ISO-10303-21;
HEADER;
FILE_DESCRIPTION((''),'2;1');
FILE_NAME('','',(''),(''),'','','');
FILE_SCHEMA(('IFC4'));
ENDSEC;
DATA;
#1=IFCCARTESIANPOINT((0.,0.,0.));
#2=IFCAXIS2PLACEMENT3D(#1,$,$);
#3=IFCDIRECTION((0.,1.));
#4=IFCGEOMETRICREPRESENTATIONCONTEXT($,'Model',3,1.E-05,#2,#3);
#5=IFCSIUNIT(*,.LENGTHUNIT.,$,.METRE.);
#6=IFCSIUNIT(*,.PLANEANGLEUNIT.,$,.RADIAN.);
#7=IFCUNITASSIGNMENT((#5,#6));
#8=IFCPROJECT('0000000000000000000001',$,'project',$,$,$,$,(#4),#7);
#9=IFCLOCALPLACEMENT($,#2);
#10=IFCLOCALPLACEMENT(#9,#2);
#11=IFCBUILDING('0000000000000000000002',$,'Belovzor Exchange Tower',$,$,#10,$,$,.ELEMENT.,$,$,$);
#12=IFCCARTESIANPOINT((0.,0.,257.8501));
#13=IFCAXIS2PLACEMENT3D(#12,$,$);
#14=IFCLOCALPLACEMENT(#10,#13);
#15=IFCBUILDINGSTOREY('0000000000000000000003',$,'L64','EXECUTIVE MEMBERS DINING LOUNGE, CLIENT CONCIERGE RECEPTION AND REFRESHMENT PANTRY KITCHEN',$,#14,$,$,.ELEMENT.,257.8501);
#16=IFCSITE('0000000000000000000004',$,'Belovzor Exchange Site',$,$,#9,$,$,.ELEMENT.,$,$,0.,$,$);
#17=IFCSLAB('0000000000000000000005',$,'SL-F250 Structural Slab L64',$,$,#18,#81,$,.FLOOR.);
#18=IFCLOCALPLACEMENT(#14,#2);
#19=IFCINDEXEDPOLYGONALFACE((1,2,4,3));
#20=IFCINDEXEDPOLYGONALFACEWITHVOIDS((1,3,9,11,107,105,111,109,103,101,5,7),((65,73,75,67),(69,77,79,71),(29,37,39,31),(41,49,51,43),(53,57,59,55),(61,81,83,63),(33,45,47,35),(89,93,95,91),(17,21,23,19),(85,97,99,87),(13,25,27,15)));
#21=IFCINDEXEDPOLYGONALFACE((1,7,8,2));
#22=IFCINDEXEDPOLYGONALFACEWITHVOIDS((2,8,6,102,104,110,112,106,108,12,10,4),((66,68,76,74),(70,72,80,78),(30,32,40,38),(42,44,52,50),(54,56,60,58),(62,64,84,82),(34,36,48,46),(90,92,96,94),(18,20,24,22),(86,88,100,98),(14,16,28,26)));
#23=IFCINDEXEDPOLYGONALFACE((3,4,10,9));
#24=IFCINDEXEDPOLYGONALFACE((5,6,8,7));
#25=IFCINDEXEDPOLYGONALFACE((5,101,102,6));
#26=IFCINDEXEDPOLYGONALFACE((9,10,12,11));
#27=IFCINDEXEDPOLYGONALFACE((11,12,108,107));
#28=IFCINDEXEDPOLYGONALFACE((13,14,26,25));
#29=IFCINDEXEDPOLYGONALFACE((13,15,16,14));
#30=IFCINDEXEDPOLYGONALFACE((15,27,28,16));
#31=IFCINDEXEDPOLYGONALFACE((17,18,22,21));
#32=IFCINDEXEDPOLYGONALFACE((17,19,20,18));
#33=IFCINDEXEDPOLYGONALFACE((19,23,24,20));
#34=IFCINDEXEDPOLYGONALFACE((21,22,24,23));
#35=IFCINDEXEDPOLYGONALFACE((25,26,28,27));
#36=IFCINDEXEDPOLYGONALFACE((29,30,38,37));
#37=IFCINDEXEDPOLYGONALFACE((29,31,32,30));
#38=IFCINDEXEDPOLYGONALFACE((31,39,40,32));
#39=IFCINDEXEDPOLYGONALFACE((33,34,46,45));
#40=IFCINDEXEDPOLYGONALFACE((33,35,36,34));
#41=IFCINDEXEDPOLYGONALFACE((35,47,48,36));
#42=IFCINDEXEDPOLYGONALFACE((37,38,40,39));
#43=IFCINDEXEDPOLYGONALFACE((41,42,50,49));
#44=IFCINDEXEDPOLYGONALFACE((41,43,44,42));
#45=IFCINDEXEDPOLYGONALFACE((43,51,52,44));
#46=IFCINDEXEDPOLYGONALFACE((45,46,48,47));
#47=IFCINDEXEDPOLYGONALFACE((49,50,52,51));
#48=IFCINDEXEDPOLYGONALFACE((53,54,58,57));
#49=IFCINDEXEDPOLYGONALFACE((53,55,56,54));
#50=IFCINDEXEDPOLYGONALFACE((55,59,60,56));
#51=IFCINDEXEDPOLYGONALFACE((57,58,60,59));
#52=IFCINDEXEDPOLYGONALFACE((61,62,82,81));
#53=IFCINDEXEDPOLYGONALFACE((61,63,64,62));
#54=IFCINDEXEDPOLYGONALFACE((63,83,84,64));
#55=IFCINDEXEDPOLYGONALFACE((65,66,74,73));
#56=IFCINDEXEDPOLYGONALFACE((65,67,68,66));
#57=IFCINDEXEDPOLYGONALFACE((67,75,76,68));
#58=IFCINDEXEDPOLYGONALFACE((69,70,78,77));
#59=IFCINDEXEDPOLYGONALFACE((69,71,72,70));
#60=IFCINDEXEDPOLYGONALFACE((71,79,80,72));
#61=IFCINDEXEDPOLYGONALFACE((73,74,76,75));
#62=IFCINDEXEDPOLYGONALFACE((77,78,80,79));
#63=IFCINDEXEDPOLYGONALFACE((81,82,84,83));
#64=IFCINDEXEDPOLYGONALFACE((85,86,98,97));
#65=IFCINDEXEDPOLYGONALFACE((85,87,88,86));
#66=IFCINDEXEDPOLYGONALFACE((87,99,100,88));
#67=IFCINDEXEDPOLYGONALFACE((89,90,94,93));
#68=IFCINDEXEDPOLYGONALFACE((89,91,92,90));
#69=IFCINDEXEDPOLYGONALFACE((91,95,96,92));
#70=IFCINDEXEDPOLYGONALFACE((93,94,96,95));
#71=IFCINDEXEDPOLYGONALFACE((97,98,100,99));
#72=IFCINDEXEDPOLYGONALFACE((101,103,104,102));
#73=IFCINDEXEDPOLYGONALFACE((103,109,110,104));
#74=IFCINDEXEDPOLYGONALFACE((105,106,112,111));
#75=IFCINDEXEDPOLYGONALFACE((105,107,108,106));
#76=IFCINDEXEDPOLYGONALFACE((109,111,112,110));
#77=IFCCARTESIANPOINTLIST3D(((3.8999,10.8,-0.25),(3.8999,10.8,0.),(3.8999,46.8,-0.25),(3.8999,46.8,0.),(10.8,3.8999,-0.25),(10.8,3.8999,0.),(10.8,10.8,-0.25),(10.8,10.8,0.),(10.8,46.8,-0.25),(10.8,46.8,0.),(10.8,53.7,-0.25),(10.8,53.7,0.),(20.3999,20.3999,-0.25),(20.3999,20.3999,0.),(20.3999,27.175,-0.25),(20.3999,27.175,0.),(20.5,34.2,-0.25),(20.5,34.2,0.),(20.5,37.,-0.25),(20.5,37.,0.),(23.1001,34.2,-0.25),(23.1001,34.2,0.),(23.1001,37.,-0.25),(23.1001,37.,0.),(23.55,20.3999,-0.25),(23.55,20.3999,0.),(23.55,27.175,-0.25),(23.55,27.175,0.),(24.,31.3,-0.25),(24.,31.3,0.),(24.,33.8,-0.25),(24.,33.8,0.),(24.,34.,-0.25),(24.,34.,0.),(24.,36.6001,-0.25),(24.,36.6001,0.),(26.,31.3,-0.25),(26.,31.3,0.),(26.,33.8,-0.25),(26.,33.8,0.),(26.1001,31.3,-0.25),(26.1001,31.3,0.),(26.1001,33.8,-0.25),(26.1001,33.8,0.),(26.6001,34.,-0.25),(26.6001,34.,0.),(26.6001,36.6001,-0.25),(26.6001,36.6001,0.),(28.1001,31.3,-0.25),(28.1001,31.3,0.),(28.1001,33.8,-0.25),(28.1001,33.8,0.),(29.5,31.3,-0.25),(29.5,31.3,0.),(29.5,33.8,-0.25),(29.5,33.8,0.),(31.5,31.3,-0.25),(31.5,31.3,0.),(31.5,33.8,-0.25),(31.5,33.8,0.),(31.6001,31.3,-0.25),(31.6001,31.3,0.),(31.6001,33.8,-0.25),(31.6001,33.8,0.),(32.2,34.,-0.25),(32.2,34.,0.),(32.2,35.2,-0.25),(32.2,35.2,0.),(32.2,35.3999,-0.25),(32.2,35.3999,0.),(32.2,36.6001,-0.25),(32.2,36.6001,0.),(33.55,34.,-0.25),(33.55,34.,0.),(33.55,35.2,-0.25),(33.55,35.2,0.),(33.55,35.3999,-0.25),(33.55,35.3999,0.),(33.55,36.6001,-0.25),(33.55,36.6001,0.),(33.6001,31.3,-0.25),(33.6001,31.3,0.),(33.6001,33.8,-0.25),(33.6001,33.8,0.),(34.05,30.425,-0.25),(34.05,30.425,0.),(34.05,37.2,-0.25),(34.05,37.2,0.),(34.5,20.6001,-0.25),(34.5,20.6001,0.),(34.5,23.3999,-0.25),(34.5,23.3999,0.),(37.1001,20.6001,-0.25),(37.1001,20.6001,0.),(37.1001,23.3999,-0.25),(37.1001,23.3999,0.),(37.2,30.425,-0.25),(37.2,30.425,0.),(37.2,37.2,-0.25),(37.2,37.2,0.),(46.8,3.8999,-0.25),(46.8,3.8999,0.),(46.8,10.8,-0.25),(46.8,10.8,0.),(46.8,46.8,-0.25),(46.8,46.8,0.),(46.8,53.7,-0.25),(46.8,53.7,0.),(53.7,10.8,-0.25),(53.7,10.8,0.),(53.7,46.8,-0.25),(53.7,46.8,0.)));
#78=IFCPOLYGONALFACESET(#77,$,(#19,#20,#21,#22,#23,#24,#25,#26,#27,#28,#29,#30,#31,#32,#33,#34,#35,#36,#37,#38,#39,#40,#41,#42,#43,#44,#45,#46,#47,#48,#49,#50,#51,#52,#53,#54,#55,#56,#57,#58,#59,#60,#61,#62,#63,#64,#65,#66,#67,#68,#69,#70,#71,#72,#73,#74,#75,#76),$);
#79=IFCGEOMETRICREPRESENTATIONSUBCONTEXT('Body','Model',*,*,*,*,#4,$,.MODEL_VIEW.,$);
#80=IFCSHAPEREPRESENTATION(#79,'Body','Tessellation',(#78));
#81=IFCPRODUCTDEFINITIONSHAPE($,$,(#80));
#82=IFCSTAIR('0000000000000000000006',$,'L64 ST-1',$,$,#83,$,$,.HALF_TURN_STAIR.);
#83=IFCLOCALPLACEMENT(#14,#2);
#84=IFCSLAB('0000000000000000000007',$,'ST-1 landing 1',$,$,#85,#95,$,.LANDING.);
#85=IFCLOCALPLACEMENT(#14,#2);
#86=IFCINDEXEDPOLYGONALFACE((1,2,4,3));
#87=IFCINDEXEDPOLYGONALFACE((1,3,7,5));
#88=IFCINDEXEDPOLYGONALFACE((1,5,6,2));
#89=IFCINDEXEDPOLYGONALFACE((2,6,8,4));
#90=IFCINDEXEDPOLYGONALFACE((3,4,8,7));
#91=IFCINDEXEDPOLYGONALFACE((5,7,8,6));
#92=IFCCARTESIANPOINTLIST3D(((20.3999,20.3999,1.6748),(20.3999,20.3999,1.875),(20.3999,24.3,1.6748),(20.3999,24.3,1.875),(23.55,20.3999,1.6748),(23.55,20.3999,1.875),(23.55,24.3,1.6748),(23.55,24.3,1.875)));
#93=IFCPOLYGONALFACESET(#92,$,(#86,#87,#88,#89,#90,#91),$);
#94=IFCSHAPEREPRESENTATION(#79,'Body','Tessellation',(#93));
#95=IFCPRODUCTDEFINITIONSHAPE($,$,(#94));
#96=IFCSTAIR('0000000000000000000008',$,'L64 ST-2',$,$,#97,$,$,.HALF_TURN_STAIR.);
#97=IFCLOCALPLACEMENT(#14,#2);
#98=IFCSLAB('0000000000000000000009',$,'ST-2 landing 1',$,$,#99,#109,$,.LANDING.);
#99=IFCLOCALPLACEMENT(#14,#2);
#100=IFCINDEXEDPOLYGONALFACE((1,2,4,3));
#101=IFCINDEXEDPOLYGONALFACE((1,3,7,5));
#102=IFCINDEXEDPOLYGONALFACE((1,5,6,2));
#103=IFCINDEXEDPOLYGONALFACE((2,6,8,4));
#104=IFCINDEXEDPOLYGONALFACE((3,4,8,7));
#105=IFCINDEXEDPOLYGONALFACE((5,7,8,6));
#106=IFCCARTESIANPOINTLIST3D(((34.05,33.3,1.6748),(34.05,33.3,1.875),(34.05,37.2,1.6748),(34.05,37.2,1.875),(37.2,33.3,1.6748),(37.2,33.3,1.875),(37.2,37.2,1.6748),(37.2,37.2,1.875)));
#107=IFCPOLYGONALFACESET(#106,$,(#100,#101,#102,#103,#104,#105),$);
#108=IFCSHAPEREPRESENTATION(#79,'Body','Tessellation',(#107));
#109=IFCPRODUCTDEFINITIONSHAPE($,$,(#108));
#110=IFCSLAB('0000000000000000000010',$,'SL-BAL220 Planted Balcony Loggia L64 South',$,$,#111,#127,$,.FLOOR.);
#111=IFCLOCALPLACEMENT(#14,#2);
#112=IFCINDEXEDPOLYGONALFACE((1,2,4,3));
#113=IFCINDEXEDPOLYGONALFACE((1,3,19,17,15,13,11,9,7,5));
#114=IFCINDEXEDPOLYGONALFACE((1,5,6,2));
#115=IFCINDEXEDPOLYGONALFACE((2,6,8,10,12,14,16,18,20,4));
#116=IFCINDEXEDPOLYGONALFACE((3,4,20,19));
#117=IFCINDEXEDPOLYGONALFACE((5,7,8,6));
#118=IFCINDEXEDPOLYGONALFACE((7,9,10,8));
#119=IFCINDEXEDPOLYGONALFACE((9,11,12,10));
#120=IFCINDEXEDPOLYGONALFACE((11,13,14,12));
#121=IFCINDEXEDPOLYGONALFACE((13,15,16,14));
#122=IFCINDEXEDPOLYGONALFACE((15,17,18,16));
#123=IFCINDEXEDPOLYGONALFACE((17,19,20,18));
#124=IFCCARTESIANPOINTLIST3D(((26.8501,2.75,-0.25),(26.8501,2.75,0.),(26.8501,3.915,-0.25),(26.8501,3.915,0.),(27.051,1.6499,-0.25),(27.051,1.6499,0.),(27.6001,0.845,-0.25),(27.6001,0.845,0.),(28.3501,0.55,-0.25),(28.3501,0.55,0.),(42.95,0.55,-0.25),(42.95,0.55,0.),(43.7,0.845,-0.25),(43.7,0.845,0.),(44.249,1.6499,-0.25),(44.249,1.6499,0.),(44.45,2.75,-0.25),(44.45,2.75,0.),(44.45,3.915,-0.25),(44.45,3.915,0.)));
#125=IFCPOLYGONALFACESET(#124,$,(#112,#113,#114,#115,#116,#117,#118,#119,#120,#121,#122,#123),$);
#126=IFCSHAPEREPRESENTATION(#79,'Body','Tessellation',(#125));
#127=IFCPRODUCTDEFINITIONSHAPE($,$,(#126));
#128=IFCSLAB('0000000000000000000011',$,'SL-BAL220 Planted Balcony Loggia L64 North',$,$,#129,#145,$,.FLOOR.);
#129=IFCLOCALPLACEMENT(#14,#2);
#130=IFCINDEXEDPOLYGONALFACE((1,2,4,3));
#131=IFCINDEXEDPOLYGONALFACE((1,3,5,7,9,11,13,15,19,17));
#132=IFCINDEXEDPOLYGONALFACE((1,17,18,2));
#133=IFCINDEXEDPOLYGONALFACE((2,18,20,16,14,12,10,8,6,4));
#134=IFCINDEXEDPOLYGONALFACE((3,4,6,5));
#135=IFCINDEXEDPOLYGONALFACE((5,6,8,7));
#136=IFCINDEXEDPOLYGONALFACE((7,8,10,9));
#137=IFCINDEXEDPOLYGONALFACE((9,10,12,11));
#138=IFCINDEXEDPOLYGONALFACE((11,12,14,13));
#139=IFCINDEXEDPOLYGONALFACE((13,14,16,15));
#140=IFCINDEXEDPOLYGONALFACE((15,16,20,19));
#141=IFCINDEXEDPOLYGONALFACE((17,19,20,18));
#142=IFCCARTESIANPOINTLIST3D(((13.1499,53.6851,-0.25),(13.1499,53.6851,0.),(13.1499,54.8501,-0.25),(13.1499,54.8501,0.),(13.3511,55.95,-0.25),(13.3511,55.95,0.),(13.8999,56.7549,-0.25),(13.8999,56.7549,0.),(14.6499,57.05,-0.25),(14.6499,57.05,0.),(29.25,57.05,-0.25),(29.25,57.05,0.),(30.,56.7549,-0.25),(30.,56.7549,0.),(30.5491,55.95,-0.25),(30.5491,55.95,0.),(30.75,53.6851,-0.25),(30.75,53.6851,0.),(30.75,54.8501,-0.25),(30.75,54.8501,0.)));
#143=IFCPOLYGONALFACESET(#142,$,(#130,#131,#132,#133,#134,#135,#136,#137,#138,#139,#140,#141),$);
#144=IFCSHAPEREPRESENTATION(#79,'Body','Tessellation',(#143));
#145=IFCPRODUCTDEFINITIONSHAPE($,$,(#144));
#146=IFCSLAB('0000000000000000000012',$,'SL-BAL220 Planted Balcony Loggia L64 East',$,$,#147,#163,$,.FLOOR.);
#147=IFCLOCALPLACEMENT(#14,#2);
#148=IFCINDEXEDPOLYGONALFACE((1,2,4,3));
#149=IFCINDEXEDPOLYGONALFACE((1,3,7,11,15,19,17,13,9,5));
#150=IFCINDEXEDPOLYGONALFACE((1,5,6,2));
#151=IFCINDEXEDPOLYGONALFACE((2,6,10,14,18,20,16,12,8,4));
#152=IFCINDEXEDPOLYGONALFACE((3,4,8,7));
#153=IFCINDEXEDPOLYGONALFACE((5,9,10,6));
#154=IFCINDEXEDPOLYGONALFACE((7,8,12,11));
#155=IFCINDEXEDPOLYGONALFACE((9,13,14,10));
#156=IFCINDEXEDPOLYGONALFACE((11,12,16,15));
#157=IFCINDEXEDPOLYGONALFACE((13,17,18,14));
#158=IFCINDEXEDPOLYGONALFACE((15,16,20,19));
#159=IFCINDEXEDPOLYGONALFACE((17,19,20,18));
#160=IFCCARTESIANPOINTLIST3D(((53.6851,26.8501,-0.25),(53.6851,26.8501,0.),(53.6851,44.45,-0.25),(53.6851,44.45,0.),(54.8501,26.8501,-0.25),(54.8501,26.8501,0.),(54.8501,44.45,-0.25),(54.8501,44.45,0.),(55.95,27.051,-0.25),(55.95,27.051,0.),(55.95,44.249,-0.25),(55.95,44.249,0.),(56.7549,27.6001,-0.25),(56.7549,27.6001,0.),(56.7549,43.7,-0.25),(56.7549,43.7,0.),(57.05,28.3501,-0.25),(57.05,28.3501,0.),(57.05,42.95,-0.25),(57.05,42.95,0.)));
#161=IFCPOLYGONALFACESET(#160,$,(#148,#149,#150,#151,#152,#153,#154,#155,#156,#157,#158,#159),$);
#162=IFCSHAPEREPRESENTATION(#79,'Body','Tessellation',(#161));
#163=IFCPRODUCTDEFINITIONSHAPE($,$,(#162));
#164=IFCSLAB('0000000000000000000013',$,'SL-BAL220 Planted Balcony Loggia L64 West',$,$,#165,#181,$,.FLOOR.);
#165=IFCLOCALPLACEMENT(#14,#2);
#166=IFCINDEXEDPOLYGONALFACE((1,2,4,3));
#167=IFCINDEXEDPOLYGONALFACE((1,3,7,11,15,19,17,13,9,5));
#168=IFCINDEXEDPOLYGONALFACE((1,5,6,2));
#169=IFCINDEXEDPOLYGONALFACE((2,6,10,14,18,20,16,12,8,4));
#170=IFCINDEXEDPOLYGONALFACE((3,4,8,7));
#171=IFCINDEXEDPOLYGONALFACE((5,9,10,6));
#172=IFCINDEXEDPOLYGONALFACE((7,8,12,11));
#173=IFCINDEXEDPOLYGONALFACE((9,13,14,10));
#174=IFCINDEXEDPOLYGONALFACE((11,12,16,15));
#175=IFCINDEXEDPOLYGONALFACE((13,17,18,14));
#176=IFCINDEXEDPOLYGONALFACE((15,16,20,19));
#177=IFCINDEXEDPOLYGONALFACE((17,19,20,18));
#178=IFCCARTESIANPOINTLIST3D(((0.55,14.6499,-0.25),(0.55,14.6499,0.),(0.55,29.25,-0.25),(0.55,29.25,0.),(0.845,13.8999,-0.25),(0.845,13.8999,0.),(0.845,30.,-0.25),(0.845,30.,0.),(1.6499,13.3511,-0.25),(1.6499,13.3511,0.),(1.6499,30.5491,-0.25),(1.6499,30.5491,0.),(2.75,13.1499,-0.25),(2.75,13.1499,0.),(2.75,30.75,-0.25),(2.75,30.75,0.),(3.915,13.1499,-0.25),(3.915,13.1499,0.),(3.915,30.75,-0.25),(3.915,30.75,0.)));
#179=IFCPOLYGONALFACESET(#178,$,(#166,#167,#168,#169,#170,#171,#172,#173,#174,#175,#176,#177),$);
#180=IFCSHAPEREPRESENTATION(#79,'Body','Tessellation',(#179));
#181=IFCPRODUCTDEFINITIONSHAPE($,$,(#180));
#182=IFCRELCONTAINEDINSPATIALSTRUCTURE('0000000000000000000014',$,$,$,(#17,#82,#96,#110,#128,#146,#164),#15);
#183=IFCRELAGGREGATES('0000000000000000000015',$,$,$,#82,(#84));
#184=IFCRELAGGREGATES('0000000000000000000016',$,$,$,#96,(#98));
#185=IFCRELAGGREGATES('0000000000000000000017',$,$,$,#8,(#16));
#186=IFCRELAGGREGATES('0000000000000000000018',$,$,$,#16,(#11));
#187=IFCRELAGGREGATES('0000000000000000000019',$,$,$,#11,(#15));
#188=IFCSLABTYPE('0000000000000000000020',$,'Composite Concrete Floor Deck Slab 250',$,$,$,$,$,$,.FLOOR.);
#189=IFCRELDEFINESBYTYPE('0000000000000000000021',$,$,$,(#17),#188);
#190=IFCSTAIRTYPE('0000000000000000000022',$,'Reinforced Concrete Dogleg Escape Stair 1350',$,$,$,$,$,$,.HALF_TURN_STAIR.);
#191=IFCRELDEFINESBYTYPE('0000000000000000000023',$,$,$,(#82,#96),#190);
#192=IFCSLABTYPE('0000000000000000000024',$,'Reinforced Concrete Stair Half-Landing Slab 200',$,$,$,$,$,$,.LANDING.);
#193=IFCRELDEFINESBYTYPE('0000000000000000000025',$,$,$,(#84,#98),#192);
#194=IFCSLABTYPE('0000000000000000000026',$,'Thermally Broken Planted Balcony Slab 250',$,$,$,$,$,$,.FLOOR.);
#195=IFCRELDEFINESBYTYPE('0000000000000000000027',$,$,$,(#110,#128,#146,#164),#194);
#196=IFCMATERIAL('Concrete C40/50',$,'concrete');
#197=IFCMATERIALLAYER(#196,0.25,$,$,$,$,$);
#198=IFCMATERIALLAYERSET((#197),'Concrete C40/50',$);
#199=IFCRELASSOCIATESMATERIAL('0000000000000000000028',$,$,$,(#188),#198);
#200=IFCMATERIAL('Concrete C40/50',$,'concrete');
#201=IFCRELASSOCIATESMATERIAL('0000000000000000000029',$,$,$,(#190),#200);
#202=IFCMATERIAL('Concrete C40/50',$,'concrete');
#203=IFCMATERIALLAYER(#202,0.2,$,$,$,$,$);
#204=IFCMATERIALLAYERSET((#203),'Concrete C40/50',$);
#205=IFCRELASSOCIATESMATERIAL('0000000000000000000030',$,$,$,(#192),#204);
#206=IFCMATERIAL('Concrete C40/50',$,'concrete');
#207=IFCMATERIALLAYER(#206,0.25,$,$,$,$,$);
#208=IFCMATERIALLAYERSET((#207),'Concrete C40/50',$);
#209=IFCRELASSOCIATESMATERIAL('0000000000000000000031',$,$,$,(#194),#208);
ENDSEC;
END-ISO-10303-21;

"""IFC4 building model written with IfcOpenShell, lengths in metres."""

from ifc_helpers import new_model, si_unit, direction, frame, origin, place, context, subcontext, project, spatial, polyline, outline, extrude, material, layer, layer_set, type_object, element, aggregate, save


model = new_model("IFC4")

# Units and contexts
model_context = context("Model", 3, precision=1e-05, world=origin(), true_north=direction((0.0, 1.0)))
body_context = subcontext(model_context, "Body", "Model", "MODEL_VIEW")
ifc_project = project(units=[si_unit("LENGTHUNIT", "METRE"), si_unit("PLANEANGLEUNIT", "RADIAN")], contexts=[model_context])

# Site, building, storey
site_placement = place(None, origin())
site = spatial("IfcSite", under=ifc_project, at=site_placement, Name="Belovzor Exchange Site", CompositionType="ELEMENT", RefElevation=0.0)
building_placement = place(site_placement, origin())
building = spatial("IfcBuilding", under=site, at=building_placement, Name="Belovzor Exchange Tower", CompositionType="ELEMENT")
storey_placement = place(building_placement, frame((0.0, 0.0, 257.8501)))
storey = spatial("IfcBuildingStorey", under=building, at=storey_placement, Name="L64", Description="EXECUTIVE MEMBERS DINING LOUNGE, CLIENT CONCIERGE RECEPTION AND REFRESHMENT PANTRY KITCHEN", CompositionType="ELEMENT", Elevation=257.8501)

# Slab
ifc_material_1 = material(Name="Concrete C40/50", Category="concrete")
ifc_layer_1 = layer(ifc_material_1, 0.25)
ifc_layer_set_1 = layer_set([ifc_layer_1], Name="Concrete C40/50")
slab_type_1 = type_object("IfcSlabType", Name="Composite Concrete Floor Deck Slab 250", PredefinedType="FLOOR", material=ifc_layer_set_1)
slab_1_placement = place(storey_placement, frame((0.0, 0.0, -0.25)))
element("IfcSlab", 1, at=slab_1_placement, inside=storey, type_object=slab_type_1, Name="SL-F250 Structural Slab L64", PredefinedType="FLOOR", context=body_context, shape_type="SweptSolid", body=[
    extrude(outline(polyline([(10.8, 3.8999), (46.8, 3.8999), (46.8, 10.8), (53.7, 10.8), (53.7, 46.8), (46.8, 46.8), (46.8, 53.7), (10.8, 53.7), (10.8, 46.8), (3.8999, 46.8), (3.8999, 10.8), (10.8, 10.8), (10.8, 3.8999)]), holes=[polyline([(20.3999, 27.175), (20.3999, 20.3999), (23.55, 20.3999), (23.55, 27.175), (20.3999, 27.175)]), polyline([(37.2, 30.425), (37.2, 37.2), (34.05, 37.2), (34.05, 30.425), (37.2, 30.425)]), polyline([(20.5, 34.2), (23.1001, 34.2), (23.1001, 37.0), (20.5, 37.0), (20.5, 34.2)]), polyline([(34.5, 20.6001), (37.1001, 20.6001), (37.1001, 23.3999), (34.5, 23.3999), (34.5, 20.6001)]), polyline([(24.0, 34.0), (26.6001, 34.0), (26.6001, 36.6001), (24.0, 36.6001), (24.0, 34.0)]), polyline([(24.0, 31.3), (26.0, 31.3), (26.0, 33.8), (24.0, 33.8), (24.0, 31.3)]), polyline([(26.1001, 31.3), (28.1001, 31.3), (28.1001, 33.8), (26.1001, 33.8), (26.1001, 31.3)]), polyline([(29.5, 31.3), (31.5, 31.3), (31.5, 33.8), (29.5, 33.8), (29.5, 31.3)]), polyline([(31.6001, 31.3), (33.6001, 31.3), (33.6001, 33.8), (31.6001, 33.8), (31.6001, 31.3)]), polyline([(32.2, 34.0), (33.55, 34.0), (33.55, 35.2), (32.2, 35.2), (32.2, 34.0)]), polyline([(32.2, 35.3999), (33.55, 35.3999), (33.55, 36.6001), (32.2, 36.6001), (32.2, 35.3999)])]), origin(), (0.0, 0.0, 1.0), 0.25),
])

# Stairs, slabs
ifc_material_2 = material(Name="Concrete C40/50", Category="concrete")
stair_type = type_object("IfcStairType", Name="Reinforced Concrete Dogleg Escape Stair 1350", PredefinedType="HALF_TURN_STAIR", material=ifc_material_2)
stair_1_placement = place(storey_placement, origin())
stair_1 = element("IfcStair", 2, at=stair_1_placement, inside=storey, type_object=stair_type, Name="L64 ST-1", PredefinedType="HALF_TURN_STAIR")
ifc_material_3 = material(Name="Concrete C40/50", Category="concrete")
ifc_layer_2 = layer(ifc_material_3, 0.2)
ifc_layer_set_2 = layer_set([ifc_layer_2], Name="Concrete C40/50")
slab_type_2 = type_object("IfcSlabType", Name="Reinforced Concrete Stair Half-Landing Slab 200", PredefinedType="LANDING", material=ifc_layer_set_2)
slab_2_placement = place(storey_placement, frame((0.0, 0.0, 1.6748)))
slab_2 = element("IfcSlab", 3, at=slab_2_placement, type_object=slab_type_2, Name="ST-1 landing 1", PredefinedType="LANDING", context=body_context, shape_type="SweptSolid", body=[
    extrude(outline(polyline([(20.3999, 24.3), (20.3999, 20.3999), (23.55, 20.3999), (23.55, 24.3), (20.3999, 24.3)])), origin(), (0.0, 0.0, 1.0), 0.2002),
])
aggregate(stair_1, [slab_2])
stair_2_placement = place(storey_placement, origin())
stair_2 = element("IfcStair", 4, at=stair_2_placement, inside=storey, type_object=stair_type, Name="L64 ST-2", PredefinedType="HALF_TURN_STAIR")
slab_3_placement = place(storey_placement, frame((0.0, 0.0, 1.6748)))
slab_3 = element("IfcSlab", 5, at=slab_3_placement, type_object=slab_type_2, Name="ST-2 landing 1", PredefinedType="LANDING", context=body_context, shape_type="SweptSolid", body=[
    extrude(outline(polyline([(37.2, 33.3), (37.2, 37.2), (34.05, 37.2), (34.05, 33.3), (37.2, 33.3)])), origin(), (0.0, 0.0, 1.0), 0.2002),
])
aggregate(stair_2, [slab_3])

# Slabs
ifc_material_4 = material(Name="Concrete C40/50", Category="concrete")
ifc_layer_3 = layer(ifc_material_4, 0.25)
ifc_layer_set_3 = layer_set([ifc_layer_3], Name="Concrete C40/50")
slab_type_3 = type_object("IfcSlabType", Name="Thermally Broken Planted Balcony Slab 250", PredefinedType="FLOOR", material=ifc_layer_set_3)
slab_4_placement = place(storey_placement, frame((0.0, 0.0, -0.25)))
element("IfcSlab", 6, at=slab_4_placement, inside=storey, type_object=slab_type_3, Name="SL-BAL220 Planted Balcony Loggia L64 South", PredefinedType="FLOOR", context=body_context, shape_type="SweptSolid", body=[
    extrude(outline(polyline([(26.8501, 3.915), (26.8501, 2.75), (27.051, 1.6499), (27.6001, 0.845), (28.3501, 0.55), (42.95, 0.55), (43.7, 0.845), (44.249, 1.6499), (44.45, 2.75), (44.45, 3.915), (26.8501, 3.915)])), origin(), (0.0, 0.0, 1.0), 0.25),
])
slab_5_placement = place(storey_placement, frame((0.0, 0.0, -0.25)))
element("IfcSlab", 7, at=slab_5_placement, inside=storey, type_object=slab_type_3, Name="SL-BAL220 Planted Balcony Loggia L64 North", PredefinedType="FLOOR", context=body_context, shape_type="SweptSolid", body=[
    extrude(outline(polyline([(30.75, 53.6851), (30.75, 54.8501), (30.5491, 55.95), (30.0, 56.7549), (29.25, 57.05), (14.6499, 57.05), (13.8999, 56.7549), (13.3511, 55.95), (13.1499, 54.8501), (13.1499, 53.6851), (30.75, 53.6851)])), origin(), (0.0, 0.0, 1.0), 0.25),
])
slab_6_placement = place(storey_placement, frame((0.0, 0.0, -0.25)))
element("IfcSlab", 8, at=slab_6_placement, inside=storey, type_object=slab_type_3, Name="SL-BAL220 Planted Balcony Loggia L64 East", PredefinedType="FLOOR", context=body_context, shape_type="SweptSolid", body=[
    extrude(outline(polyline([(53.6851, 26.8501), (54.8501, 26.8501), (55.95, 27.051), (56.7549, 27.6001), (57.05, 28.3501), (57.05, 42.95), (56.7549, 43.7), (55.95, 44.249), (54.8501, 44.45), (53.6851, 44.45), (53.6851, 26.8501)])), origin(), (0.0, 0.0, 1.0), 0.25),
])
slab_7_placement = place(storey_placement, frame((0.0, 0.0, -0.25)))
element("IfcSlab", 9, at=slab_7_placement, inside=storey, type_object=slab_type_3, Name="SL-BAL220 Planted Balcony Loggia L64 West", PredefinedType="FLOOR", context=body_context, shape_type="SweptSolid", body=[
    extrude(outline(polyline([(3.915, 30.75), (2.75, 30.75), (1.6499, 30.5491), (0.845, 30.0), (0.55, 29.25), (0.55, 14.6499), (0.845, 13.8999), (1.6499, 13.3511), (2.75, 13.1499), (3.915, 13.1499), (3.915, 30.75)])), origin(), (0.0, 0.0, 1.0), 0.25),
])

save(model, "model.ifc")
